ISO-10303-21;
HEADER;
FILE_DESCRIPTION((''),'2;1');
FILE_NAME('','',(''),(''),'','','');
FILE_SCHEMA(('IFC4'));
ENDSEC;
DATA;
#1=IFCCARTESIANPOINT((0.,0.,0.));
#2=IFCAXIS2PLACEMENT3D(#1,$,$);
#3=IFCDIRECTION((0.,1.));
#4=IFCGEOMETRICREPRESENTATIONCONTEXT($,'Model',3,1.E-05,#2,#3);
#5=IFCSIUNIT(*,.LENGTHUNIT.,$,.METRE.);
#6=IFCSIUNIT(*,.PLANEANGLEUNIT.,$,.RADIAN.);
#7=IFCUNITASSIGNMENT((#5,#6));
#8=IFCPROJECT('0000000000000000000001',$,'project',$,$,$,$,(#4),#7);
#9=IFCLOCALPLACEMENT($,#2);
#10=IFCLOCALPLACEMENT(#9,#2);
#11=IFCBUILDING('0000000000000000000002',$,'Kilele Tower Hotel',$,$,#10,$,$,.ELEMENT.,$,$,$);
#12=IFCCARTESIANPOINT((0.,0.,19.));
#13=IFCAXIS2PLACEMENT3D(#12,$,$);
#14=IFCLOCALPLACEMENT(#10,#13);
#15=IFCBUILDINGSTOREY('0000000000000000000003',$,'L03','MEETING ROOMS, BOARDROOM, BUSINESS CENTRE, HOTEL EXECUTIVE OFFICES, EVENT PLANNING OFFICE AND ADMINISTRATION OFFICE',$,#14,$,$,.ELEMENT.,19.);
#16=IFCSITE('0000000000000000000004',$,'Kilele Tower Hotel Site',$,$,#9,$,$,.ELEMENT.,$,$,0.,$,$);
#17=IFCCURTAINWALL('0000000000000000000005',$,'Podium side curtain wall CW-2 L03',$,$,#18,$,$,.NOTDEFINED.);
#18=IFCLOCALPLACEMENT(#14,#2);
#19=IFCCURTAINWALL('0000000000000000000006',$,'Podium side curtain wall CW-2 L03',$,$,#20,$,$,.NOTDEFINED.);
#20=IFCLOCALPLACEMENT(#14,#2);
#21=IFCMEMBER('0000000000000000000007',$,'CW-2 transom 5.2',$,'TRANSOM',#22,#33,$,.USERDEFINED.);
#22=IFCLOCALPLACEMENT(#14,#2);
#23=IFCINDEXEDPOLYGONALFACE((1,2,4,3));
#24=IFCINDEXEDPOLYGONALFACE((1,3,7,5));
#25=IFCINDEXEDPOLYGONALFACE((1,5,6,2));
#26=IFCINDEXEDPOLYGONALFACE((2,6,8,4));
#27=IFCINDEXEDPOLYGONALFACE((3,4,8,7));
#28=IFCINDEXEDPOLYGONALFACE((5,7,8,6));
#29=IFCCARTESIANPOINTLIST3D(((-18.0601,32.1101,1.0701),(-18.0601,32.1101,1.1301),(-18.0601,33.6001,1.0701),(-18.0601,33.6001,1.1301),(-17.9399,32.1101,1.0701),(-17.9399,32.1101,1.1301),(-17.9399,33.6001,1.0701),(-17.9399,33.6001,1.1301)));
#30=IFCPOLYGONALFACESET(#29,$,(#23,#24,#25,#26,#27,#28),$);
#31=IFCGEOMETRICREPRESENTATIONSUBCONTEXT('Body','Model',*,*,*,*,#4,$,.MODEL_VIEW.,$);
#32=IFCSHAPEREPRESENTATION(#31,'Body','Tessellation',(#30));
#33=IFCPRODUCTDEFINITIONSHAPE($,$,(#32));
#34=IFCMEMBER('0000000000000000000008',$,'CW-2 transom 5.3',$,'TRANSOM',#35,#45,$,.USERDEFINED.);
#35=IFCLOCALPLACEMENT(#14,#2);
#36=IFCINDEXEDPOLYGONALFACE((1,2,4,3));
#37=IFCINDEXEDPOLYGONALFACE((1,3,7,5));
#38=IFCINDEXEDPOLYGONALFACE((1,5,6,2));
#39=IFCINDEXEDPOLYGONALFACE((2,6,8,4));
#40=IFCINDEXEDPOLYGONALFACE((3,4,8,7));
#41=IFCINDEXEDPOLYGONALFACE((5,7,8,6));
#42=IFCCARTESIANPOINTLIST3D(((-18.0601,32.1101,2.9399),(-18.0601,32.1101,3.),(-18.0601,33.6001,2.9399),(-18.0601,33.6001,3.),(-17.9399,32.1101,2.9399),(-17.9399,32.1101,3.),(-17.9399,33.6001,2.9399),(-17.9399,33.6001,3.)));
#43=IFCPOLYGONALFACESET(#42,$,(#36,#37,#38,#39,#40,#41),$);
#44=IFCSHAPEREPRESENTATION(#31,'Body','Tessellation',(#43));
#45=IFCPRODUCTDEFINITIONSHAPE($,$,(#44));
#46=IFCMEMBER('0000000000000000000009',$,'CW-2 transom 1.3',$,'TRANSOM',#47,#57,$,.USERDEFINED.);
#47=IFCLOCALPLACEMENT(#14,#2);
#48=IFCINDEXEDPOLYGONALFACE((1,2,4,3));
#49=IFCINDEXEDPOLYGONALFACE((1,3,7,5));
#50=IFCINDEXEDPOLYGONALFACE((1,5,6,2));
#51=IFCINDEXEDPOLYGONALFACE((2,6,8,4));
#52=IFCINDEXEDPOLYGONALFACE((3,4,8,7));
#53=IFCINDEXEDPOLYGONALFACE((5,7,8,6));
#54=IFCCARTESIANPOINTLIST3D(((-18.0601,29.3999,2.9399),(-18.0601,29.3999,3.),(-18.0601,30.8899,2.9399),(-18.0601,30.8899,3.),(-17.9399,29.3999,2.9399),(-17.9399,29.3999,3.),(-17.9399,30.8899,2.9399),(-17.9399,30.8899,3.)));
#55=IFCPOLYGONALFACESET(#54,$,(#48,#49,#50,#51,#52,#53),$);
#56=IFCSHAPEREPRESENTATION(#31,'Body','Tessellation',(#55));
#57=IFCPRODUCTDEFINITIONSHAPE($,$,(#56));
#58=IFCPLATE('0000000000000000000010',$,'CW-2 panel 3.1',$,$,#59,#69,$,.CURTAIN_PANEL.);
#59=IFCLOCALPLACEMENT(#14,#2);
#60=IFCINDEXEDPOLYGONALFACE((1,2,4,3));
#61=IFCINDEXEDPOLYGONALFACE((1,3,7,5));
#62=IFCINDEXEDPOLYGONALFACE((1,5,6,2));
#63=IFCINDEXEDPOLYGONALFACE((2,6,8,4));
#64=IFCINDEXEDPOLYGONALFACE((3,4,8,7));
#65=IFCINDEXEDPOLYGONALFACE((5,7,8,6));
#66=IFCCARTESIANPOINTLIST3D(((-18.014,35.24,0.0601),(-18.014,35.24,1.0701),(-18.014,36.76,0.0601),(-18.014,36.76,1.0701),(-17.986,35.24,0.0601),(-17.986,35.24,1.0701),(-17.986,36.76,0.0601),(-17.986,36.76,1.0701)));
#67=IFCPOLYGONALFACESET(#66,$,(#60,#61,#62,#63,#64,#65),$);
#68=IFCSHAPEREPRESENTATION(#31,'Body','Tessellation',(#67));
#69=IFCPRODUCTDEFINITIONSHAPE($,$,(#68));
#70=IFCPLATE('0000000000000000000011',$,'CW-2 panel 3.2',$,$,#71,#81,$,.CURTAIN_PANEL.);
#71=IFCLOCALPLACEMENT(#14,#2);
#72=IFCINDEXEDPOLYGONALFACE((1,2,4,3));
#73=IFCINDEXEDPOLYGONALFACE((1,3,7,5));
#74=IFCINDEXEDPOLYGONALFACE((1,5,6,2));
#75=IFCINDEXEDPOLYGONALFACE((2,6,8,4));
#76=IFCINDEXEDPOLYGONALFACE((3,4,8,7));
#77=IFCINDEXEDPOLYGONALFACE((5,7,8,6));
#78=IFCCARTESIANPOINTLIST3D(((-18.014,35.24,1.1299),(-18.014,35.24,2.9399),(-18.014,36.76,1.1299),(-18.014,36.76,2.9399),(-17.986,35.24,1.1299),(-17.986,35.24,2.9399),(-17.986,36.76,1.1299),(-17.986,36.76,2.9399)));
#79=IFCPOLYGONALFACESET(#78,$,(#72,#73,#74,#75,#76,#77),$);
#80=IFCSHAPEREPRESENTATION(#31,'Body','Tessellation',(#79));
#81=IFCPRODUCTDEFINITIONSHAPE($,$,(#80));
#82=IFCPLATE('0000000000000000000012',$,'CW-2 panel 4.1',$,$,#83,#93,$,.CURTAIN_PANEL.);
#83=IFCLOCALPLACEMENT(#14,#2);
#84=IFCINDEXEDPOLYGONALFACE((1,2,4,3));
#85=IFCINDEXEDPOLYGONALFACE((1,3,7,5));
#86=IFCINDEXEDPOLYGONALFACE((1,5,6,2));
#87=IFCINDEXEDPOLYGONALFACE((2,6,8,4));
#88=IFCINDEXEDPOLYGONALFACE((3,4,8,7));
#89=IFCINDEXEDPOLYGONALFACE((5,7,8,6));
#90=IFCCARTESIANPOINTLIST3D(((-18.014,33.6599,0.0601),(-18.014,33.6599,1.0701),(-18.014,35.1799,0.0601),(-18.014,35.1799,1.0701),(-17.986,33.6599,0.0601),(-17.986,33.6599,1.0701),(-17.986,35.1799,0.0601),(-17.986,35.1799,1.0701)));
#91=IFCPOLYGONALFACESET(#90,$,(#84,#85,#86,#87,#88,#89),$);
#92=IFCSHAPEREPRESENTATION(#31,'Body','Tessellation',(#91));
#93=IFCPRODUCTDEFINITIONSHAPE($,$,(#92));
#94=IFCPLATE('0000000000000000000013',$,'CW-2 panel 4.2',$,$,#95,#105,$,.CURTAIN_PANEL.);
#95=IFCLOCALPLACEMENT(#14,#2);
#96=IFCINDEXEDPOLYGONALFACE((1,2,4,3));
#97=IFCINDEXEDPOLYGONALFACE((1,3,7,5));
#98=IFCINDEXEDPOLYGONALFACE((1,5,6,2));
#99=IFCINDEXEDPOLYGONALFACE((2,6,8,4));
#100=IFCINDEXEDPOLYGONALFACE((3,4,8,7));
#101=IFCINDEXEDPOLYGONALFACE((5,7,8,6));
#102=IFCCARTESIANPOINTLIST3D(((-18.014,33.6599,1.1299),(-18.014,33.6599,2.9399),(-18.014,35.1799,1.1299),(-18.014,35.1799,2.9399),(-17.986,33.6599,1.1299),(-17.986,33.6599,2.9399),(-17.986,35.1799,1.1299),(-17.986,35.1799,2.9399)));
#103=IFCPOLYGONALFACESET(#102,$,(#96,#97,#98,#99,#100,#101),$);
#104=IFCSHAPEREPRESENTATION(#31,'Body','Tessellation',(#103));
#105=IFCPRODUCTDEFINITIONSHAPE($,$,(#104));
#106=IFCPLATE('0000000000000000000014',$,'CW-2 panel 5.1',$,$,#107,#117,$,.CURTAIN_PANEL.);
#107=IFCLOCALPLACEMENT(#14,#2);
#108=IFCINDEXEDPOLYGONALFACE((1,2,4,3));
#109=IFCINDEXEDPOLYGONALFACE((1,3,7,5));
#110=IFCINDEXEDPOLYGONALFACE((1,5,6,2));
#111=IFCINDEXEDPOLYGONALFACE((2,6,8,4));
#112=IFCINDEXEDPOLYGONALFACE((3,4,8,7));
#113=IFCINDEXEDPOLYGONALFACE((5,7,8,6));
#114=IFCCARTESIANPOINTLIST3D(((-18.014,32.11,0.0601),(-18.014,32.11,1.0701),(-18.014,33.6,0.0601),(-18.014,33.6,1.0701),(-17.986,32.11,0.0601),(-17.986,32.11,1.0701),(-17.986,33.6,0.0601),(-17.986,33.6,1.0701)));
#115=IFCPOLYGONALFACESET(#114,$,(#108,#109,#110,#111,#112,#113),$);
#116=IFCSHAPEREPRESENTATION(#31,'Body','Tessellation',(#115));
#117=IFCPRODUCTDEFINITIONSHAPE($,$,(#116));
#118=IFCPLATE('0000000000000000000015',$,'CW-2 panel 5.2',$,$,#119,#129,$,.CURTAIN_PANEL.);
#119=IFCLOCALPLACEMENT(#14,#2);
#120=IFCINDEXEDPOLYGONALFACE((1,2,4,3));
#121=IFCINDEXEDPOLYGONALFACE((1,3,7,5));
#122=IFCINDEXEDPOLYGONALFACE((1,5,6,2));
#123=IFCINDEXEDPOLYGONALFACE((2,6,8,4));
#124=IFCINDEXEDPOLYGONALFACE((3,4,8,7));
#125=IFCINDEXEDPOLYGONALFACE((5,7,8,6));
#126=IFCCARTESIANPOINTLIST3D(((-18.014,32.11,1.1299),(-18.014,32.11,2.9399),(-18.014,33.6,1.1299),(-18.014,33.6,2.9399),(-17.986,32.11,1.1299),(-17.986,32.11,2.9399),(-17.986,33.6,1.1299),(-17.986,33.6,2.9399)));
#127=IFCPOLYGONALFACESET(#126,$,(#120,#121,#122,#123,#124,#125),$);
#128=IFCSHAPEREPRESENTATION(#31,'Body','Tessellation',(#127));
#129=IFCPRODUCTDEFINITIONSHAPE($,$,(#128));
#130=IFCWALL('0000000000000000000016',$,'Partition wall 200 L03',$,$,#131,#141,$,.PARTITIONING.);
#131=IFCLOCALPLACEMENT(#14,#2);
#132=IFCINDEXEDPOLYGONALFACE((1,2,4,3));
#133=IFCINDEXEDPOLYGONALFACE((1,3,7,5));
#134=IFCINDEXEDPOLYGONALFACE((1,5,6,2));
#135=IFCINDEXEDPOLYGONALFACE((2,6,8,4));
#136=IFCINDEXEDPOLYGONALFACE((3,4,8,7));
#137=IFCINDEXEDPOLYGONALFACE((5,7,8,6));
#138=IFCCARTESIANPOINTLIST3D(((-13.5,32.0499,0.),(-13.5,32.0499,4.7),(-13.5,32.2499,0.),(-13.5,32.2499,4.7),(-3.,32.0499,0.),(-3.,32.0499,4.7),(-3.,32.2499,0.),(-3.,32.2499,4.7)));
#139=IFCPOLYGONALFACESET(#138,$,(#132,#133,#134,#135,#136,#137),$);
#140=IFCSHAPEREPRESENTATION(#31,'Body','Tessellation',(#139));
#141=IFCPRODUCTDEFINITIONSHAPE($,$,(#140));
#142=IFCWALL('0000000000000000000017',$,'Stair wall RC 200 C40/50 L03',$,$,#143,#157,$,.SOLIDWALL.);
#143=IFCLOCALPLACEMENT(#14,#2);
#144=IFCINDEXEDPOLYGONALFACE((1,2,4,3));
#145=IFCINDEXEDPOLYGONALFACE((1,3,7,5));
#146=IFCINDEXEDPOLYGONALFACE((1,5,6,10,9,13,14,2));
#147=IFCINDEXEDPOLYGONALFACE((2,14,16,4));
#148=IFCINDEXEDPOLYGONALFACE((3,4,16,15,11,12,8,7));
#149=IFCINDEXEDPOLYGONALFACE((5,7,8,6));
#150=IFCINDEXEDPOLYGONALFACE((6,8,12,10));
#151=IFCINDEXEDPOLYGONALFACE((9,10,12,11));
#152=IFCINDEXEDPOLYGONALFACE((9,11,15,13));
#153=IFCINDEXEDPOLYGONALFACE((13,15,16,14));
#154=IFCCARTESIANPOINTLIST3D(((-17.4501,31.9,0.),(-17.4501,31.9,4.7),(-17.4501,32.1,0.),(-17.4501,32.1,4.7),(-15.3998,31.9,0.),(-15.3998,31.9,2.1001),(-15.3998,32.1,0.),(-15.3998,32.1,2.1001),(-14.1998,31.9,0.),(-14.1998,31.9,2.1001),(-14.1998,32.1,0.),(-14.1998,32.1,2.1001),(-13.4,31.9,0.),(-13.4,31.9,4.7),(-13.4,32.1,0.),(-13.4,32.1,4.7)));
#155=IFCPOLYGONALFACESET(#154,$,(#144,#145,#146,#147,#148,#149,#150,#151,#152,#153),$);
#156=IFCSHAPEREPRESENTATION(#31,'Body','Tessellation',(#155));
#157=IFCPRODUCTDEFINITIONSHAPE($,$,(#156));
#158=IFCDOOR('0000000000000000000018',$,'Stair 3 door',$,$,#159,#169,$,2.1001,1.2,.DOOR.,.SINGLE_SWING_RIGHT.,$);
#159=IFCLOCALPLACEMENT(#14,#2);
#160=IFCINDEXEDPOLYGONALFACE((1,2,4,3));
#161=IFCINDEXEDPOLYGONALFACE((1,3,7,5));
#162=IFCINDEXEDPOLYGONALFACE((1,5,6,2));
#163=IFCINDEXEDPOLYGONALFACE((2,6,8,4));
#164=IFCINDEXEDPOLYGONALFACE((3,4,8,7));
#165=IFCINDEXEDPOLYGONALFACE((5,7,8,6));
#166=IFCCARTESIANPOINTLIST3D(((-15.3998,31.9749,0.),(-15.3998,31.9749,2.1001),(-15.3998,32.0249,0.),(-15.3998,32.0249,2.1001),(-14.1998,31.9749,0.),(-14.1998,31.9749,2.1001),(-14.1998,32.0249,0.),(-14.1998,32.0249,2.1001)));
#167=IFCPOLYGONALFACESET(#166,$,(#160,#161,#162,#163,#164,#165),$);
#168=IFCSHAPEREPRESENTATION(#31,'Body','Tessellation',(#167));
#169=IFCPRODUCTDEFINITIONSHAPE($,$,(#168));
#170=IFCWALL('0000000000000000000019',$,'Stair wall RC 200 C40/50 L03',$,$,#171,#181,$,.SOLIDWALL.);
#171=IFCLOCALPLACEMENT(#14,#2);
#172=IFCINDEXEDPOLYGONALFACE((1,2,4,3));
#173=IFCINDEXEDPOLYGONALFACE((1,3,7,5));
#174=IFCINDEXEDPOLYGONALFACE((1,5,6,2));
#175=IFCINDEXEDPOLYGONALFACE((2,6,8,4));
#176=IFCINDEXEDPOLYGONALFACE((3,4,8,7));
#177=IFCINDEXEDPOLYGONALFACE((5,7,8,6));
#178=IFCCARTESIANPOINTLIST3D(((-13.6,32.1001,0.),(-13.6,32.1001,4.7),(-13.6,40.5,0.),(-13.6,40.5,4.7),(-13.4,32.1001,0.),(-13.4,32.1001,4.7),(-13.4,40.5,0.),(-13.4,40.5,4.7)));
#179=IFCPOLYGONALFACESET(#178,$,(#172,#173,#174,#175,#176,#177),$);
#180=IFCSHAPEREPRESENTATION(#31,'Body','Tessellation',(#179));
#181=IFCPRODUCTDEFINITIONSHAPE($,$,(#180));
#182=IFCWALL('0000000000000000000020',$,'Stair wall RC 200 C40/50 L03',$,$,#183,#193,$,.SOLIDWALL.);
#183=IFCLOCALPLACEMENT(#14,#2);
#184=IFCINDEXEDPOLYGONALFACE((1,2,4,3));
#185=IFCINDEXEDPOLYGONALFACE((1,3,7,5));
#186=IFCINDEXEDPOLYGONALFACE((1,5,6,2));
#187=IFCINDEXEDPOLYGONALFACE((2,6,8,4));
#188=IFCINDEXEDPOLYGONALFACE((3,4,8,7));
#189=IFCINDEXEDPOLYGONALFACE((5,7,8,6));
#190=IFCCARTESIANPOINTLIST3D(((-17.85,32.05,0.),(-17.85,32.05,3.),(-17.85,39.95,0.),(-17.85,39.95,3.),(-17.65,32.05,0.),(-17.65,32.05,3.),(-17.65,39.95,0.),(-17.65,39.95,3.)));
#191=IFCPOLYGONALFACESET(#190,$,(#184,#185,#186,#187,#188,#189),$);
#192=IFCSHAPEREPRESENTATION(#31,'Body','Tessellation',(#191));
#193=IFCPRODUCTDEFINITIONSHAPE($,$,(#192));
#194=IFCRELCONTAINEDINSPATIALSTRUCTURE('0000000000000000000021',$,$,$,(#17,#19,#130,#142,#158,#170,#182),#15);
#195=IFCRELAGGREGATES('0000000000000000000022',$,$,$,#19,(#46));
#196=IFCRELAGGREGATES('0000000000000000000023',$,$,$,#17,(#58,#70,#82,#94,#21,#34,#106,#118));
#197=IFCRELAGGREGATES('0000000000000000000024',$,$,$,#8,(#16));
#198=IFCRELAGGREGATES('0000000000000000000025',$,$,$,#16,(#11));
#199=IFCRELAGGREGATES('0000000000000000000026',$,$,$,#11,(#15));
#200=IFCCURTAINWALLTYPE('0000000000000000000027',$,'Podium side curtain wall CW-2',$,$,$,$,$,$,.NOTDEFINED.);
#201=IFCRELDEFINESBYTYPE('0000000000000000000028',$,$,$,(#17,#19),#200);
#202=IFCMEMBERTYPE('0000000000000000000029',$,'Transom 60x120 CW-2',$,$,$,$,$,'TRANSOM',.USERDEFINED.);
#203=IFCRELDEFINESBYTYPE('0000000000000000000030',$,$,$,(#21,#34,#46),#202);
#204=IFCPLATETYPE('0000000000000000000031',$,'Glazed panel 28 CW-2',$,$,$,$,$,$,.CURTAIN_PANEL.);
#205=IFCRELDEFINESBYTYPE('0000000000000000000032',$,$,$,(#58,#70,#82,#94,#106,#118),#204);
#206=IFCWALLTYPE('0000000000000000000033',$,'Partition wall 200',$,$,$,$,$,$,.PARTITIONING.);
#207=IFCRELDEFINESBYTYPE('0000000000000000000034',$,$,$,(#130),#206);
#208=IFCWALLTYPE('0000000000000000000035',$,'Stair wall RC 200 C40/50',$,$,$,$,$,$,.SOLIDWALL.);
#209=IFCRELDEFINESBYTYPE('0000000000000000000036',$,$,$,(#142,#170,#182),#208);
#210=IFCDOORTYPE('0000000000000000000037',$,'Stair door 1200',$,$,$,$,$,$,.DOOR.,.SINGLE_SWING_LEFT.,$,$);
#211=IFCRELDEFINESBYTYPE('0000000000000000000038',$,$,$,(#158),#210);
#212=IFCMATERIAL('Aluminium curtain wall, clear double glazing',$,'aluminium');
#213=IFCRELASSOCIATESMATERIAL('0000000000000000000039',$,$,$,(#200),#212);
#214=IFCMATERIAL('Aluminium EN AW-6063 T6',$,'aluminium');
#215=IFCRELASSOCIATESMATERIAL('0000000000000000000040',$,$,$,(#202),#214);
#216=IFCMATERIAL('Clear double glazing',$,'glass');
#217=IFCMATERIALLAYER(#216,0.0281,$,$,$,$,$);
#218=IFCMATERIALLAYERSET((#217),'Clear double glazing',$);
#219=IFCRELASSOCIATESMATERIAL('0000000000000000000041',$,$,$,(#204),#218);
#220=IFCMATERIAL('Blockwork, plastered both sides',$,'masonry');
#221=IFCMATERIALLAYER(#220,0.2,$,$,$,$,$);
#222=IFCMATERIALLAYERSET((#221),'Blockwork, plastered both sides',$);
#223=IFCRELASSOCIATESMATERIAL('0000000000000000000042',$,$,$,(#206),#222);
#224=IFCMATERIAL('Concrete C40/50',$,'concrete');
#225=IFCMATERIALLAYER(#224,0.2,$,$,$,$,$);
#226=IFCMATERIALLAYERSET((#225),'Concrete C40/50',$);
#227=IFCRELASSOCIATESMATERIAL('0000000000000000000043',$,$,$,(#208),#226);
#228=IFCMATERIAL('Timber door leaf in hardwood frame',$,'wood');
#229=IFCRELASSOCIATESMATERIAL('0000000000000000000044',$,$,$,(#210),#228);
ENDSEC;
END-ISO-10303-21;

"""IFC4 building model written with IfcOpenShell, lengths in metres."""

from ifc_helpers import new_model, si_unit, direction, frame, frame_2d, origin, origin_2d, place, context, subcontext, project, spatial, rectangle, extrude, material, layer, layer_set, material_profile, profile_set, type_object, element, fill, aggregate, save


model = new_model("IFC4")

# Units and contexts
model_context = context("Model", 3, precision=1e-05, world=origin(), true_north=direction((0.0, 1.0)))
body_context = subcontext(model_context, "Body", "Model", "MODEL_VIEW")
ifc_project = project(units=[si_unit("LENGTHUNIT", "METRE"), si_unit("PLANEANGLEUNIT", "RADIAN")], contexts=[model_context])

# Site, building, storey
site_placement = place(None, origin())
site = spatial("IfcSite", under=ifc_project, at=site_placement, Name="Kilele Tower Hotel Site", CompositionType="ELEMENT", RefElevation=0.0)
building_placement = place(site_placement, origin())
building = spatial("IfcBuilding", under=site, at=building_placement, Name="Kilele Tower Hotel", CompositionType="ELEMENT")
storey_placement = place(building_placement, frame((0.0, 0.0, 19.0)))
storey = spatial("IfcBuildingStorey", under=building, at=storey_placement, Name="L03", Description="MEETING ROOMS, BOARDROOM, BUSINESS CENTRE, HOTEL EXECUTIVE OFFICES, EVENT PLANNING OFFICE AND ADMINISTRATION OFFICE", CompositionType="ELEMENT", Elevation=19.0)

# Curtain wall
ifc_material_1 = material(Name="Aluminium curtain wall, clear double glazing", Category="aluminium")
curtain_wall_type = type_object("IfcCurtainWallType", Name="Podium side curtain wall CW-2", PredefinedType="NOTDEFINED", material=ifc_material_1)
curtain_wall_1_placement = place(storey_placement, origin())
curtain_wall_1 = element("IfcCurtainWall", 1, at=curtain_wall_1_placement, inside=storey, type_object=curtain_wall_type, Name="Podium side curtain wall CW-2 L03", PredefinedType="NOTDEFINED")

# Curtain wall
curtain_wall_2_placement = place(storey_placement, origin())
curtain_wall_2 = element("IfcCurtainWall", 2, at=curtain_wall_2_placement, inside=storey, type_object=curtain_wall_type, Name="Podium side curtain wall CW-2 L03", PredefinedType="NOTDEFINED")

# Members
ifc_material_2 = material(Name="Aluminium EN AW-6063 T6", Category="aluminium")
ifc_material_profile_1 = material_profile(ifc_material_2, rectangle(XDim=0.1201, YDim=0.0601, at=origin_2d()))
ifc_profile_set_1 = profile_set([ifc_material_profile_1], Name="Aluminium EN AW-6063 T6")
member_type_1 = type_object("IfcMemberType", Name="Transom 60x120 CW-2", ElementType="TRANSOM", PredefinedType="USERDEFINED", material=ifc_profile_set_1)
member_1_placement = place(storey_placement, frame((-18.0, 33.6001, 1.1001), z_axis=(0.0, -1.0, 0.0), x_axis=(1.0, 0.0, 0.0)))
member_1 = element("IfcMember", 3, at=member_1_placement, type_object=member_type_1, Name="CW-2 transom 5.2", ObjectType="TRANSOM", PredefinedType="USERDEFINED", context=body_context, shape_type="SweptSolid", body=[
    extrude(rectangle(XDim=0.1201, YDim=0.0601, at=origin_2d()), origin(), (0.0, 0.0, 1.0), 1.49),
])
member_2_placement = place(storey_placement, frame((-18.0, 33.6001, 2.97), z_axis=(0.0, -1.0, 0.0), x_axis=(1.0, 0.0, 0.0)))
member_2 = element("IfcMember", 4, at=member_2_placement, type_object=member_type_1, Name="CW-2 transom 5.3", ObjectType="TRANSOM", PredefinedType="USERDEFINED", context=body_context, shape_type="SweptSolid", body=[
    extrude(rectangle(XDim=0.1201, YDim=0.0601, at=origin_2d()), origin(), (0.0, 0.0, 1.0), 1.49),
])
member_3_placement = place(storey_placement, frame((-18.0, 30.8899, 2.97), z_axis=(0.0, -1.0, 0.0), x_axis=(1.0, 0.0, 0.0)))
member_3 = element("IfcMember", 5, at=member_3_placement, type_object=member_type_1, Name="CW-2 transom 1.3", ObjectType="TRANSOM", PredefinedType="USERDEFINED", context=body_context, shape_type="SweptSolid", body=[
    extrude(rectangle(XDim=0.1201, YDim=0.0601, at=origin_2d()), origin(), (0.0, 0.0, 1.0), 1.49),
])
aggregate(curtain_wall_2, [member_3])

# Plates
ifc_material_3 = material(Name="Clear double glazing", Category="glass")
ifc_layer_1 = layer(ifc_material_3, 0.0281)
ifc_layer_set_1 = layer_set([ifc_layer_1], Name="Clear double glazing")
plate_type = type_object("IfcPlateType", Name="Glazed panel 28 CW-2", PredefinedType="CURTAIN_PANEL", material=ifc_layer_set_1)
plate_1_placement = place(storey_placement, frame((-18.0, 36.0, 0.0601), z_axis=(0.0, 0.0, 1.0), x_axis=(0.0, -1.0, 0.0)))
plate_1 = element("IfcPlate", 6, at=plate_1_placement, type_object=plate_type, Name="CW-2 panel 3.1", PredefinedType="CURTAIN_PANEL", context=body_context, shape_type="SweptSolid", body=[
    extrude(rectangle(XDim=1.52, YDim=0.0281, at=origin_2d()), origin(), (0.0, 0.0, 1.0), 1.01),
])
plate_2_placement = place(storey_placement, frame((-18.0, 36.0, 1.1299), z_axis=(0.0, 0.0, 1.0), x_axis=(0.0, -1.0, 0.0)))
plate_2 = element("IfcPlate", 7, at=plate_2_placement, type_object=plate_type, Name="CW-2 panel 3.2", PredefinedType="CURTAIN_PANEL", context=body_context, shape_type="SweptSolid", body=[
    extrude(rectangle(XDim=1.52, YDim=0.0281, at=origin_2d()), origin(), (0.0, 0.0, 1.0), 1.8101),
])
plate_3_placement = place(storey_placement, frame((-18.0, 34.4199, 0.0601), z_axis=(0.0, 0.0, 1.0), x_axis=(0.0, -1.0, 0.0)))
plate_3 = element("IfcPlate", 8, at=plate_3_placement, type_object=plate_type, Name="CW-2 panel 4.1", PredefinedType="CURTAIN_PANEL", context=body_context, shape_type="SweptSolid", body=[
    extrude(rectangle(XDim=1.52, YDim=0.0281, at=origin_2d()), origin(), (0.0, 0.0, 1.0), 1.01),
])
plate_4_placement = place(storey_placement, frame((-18.0, 34.4199, 1.1299), z_axis=(0.0, 0.0, 1.0), x_axis=(0.0, -1.0, 0.0)))
plate_4 = element("IfcPlate", 9, at=plate_4_placement, type_object=plate_type, Name="CW-2 panel 4.2", PredefinedType="CURTAIN_PANEL", context=body_context, shape_type="SweptSolid", body=[
    extrude(rectangle(XDim=1.52, YDim=0.0281, at=origin_2d()), origin(), (0.0, 0.0, 1.0), 1.8101),
])
plate_5_placement = place(storey_placement, frame((-18.0, 32.855, 0.0601), z_axis=(0.0, 0.0, 1.0), x_axis=(0.0, -1.0, 0.0)))
plate_5 = element("IfcPlate", 10, at=plate_5_placement, type_object=plate_type, Name="CW-2 panel 5.1", PredefinedType="CURTAIN_PANEL", context=body_context, shape_type="SweptSolid", body=[
    extrude(rectangle(XDim=1.49, YDim=0.0281, at=origin_2d()), origin(), (0.0, 0.0, 1.0), 1.01),
])
plate_6_placement = place(storey_placement, frame((-18.0, 32.855, 1.1299), z_axis=(0.0, 0.0, 1.0), x_axis=(0.0, -1.0, 0.0)))
plate_6 = element("IfcPlate", 11, at=plate_6_placement, type_object=plate_type, Name="CW-2 panel 5.2", PredefinedType="CURTAIN_PANEL", context=body_context, shape_type="SweptSolid", body=[
    extrude(rectangle(XDim=1.49, YDim=0.0281, at=origin_2d()), origin(), (0.0, 0.0, 1.0), 1.8101),
])
aggregate(curtain_wall_1, [plate_1, plate_2, plate_3, plate_4, member_1, member_2, plate_5, plate_6])

# Wall
ifc_material_4 = material(Name="Blockwork, plastered both sides", Category="masonry")
ifc_layer_2 = layer(ifc_material_4, 0.2)
ifc_layer_set_2 = layer_set([ifc_layer_2], Name="Blockwork, plastered both sides")
wall_type_1 = type_object("IfcWallType", Name="Partition wall 200", PredefinedType="PARTITIONING", material=ifc_layer_set_2)
wall_1_placement = place(storey_placement, frame((-13.5, 32.1499, 0.0), z_axis=(0.0, 0.0, 1.0), x_axis=(1.0, 0.0, 0.0)))
element("IfcWall", 12, at=wall_1_placement, inside=storey, type_object=wall_type_1, Name="Partition wall 200 L03", PredefinedType="PARTITIONING", context=body_context, shape_type="SweptSolid", body=[
    extrude(rectangle(XDim=10.5, YDim=0.2, at=frame_2d((5.25, 0.0))), origin(), (0.0, 0.0, 1.0), 4.7),
])

# Wall, opening, door
ifc_material_5 = material(Name="Concrete C40/50", Category="concrete")
ifc_layer_3 = layer(ifc_material_5, 0.2)
ifc_layer_set_3 = layer_set([ifc_layer_3], Name="Concrete C40/50")
wall_type_2 = type_object("IfcWallType", Name="Stair wall RC 200 C40/50", PredefinedType="SOLIDWALL", material=ifc_layer_set_3)
wall_2_placement = place(storey_placement, frame((-17.45, 32.0, 0.0), z_axis=(0.0, 0.0, 1.0), x_axis=(1.0, 0.0, 0.0)))
wall_2 = element("IfcWall", 13, at=wall_2_placement, inside=storey, type_object=wall_type_2, Name="Stair wall RC 200 C40/50 L03", PredefinedType="SOLIDWALL", context=body_context, shape_type="SweptSolid", body=[
    extrude(rectangle(XDim=4.05, YDim=0.2, at=frame_2d((2.0249, 0.0))), origin(), (0.0, 0.0, 1.0), 4.7),
])
opening_placement = place(wall_2_placement, frame((2.05, 0.0, 0.0)))
opening = element("IfcOpeningElement", 14, at=opening_placement, cuts=wall_2, PredefinedType="OPENING", context=body_context, shape_type="SweptSolid", body=[
    extrude(rectangle(XDim=1.2, YDim=2.1001, at=frame_2d((0.6001, 1.05))), frame((0.0, 0.1099, 0.0), z_axis=(0.0, -1.0, 0.0), x_axis=(1.0, 0.0, 0.0)), (0.0, 0.0, 1.0), 0.22),
])
ifc_material_6 = material(Name="Timber door leaf in hardwood frame", Category="wood")
door_type = type_object("IfcDoorType", Name="Stair door 1200", OperationType="SINGLE_SWING_LEFT", PredefinedType="DOOR", material=ifc_material_6)
door_placement = place(opening_placement, origin())
door = element("IfcDoor", 15, at=door_placement, inside=storey, type_object=door_type, Name="Stair 3 door", OperationType="SINGLE_SWING_RIGHT", OverallHeight=2.1001, OverallWidth=1.2, PredefinedType="DOOR", context=body_context, shape_type="SweptSolid", body=[
    extrude(rectangle(XDim=1.2, YDim=2.1001, at=frame_2d((0.6001, 1.05))), frame((0.0, 0.0249, 0.0), z_axis=(0.0, -1.0, 0.0), x_axis=(1.0, 0.0, 0.0)), (0.0, 0.0, 1.0), 0.05),
])
fill(opening, door)

# Walls
wall_3_placement = place(storey_placement, frame((-13.5, 32.1001, 0.0), z_axis=(0.0, 0.0, 1.0), x_axis=(0.0, 1.0, 0.0)))
element("IfcWall", 16, at=wall_3_placement, inside=storey, type_object=wall_type_2, Name="Stair wall RC 200 C40/50 L03", PredefinedType="SOLIDWALL", context=body_context, shape_type="SweptSolid", body=[
    extrude(rectangle(XDim=8.3999, YDim=0.2, at=frame_2d((4.2, 0.0))), origin(), (0.0, 0.0, 1.0), 4.7),
])
wall_4_placement = place(storey_placement, frame((-17.75, 32.05, 0.0), z_axis=(0.0, 0.0, 1.0), x_axis=(0.0, 1.0, 0.0)))
element("IfcWall", 17, at=wall_4_placement, inside=storey, type_object=wall_type_2, Name="Stair wall RC 200 C40/50 L03", PredefinedType="SOLIDWALL", context=body_context, shape_type="SweptSolid", body=[
    extrude(rectangle(XDim=7.8999, YDim=0.2, at=frame_2d((3.95, 0.0))), origin(), (0.0, 0.0, 1.0), 3.0),
])

save(model, "model.ifc")
